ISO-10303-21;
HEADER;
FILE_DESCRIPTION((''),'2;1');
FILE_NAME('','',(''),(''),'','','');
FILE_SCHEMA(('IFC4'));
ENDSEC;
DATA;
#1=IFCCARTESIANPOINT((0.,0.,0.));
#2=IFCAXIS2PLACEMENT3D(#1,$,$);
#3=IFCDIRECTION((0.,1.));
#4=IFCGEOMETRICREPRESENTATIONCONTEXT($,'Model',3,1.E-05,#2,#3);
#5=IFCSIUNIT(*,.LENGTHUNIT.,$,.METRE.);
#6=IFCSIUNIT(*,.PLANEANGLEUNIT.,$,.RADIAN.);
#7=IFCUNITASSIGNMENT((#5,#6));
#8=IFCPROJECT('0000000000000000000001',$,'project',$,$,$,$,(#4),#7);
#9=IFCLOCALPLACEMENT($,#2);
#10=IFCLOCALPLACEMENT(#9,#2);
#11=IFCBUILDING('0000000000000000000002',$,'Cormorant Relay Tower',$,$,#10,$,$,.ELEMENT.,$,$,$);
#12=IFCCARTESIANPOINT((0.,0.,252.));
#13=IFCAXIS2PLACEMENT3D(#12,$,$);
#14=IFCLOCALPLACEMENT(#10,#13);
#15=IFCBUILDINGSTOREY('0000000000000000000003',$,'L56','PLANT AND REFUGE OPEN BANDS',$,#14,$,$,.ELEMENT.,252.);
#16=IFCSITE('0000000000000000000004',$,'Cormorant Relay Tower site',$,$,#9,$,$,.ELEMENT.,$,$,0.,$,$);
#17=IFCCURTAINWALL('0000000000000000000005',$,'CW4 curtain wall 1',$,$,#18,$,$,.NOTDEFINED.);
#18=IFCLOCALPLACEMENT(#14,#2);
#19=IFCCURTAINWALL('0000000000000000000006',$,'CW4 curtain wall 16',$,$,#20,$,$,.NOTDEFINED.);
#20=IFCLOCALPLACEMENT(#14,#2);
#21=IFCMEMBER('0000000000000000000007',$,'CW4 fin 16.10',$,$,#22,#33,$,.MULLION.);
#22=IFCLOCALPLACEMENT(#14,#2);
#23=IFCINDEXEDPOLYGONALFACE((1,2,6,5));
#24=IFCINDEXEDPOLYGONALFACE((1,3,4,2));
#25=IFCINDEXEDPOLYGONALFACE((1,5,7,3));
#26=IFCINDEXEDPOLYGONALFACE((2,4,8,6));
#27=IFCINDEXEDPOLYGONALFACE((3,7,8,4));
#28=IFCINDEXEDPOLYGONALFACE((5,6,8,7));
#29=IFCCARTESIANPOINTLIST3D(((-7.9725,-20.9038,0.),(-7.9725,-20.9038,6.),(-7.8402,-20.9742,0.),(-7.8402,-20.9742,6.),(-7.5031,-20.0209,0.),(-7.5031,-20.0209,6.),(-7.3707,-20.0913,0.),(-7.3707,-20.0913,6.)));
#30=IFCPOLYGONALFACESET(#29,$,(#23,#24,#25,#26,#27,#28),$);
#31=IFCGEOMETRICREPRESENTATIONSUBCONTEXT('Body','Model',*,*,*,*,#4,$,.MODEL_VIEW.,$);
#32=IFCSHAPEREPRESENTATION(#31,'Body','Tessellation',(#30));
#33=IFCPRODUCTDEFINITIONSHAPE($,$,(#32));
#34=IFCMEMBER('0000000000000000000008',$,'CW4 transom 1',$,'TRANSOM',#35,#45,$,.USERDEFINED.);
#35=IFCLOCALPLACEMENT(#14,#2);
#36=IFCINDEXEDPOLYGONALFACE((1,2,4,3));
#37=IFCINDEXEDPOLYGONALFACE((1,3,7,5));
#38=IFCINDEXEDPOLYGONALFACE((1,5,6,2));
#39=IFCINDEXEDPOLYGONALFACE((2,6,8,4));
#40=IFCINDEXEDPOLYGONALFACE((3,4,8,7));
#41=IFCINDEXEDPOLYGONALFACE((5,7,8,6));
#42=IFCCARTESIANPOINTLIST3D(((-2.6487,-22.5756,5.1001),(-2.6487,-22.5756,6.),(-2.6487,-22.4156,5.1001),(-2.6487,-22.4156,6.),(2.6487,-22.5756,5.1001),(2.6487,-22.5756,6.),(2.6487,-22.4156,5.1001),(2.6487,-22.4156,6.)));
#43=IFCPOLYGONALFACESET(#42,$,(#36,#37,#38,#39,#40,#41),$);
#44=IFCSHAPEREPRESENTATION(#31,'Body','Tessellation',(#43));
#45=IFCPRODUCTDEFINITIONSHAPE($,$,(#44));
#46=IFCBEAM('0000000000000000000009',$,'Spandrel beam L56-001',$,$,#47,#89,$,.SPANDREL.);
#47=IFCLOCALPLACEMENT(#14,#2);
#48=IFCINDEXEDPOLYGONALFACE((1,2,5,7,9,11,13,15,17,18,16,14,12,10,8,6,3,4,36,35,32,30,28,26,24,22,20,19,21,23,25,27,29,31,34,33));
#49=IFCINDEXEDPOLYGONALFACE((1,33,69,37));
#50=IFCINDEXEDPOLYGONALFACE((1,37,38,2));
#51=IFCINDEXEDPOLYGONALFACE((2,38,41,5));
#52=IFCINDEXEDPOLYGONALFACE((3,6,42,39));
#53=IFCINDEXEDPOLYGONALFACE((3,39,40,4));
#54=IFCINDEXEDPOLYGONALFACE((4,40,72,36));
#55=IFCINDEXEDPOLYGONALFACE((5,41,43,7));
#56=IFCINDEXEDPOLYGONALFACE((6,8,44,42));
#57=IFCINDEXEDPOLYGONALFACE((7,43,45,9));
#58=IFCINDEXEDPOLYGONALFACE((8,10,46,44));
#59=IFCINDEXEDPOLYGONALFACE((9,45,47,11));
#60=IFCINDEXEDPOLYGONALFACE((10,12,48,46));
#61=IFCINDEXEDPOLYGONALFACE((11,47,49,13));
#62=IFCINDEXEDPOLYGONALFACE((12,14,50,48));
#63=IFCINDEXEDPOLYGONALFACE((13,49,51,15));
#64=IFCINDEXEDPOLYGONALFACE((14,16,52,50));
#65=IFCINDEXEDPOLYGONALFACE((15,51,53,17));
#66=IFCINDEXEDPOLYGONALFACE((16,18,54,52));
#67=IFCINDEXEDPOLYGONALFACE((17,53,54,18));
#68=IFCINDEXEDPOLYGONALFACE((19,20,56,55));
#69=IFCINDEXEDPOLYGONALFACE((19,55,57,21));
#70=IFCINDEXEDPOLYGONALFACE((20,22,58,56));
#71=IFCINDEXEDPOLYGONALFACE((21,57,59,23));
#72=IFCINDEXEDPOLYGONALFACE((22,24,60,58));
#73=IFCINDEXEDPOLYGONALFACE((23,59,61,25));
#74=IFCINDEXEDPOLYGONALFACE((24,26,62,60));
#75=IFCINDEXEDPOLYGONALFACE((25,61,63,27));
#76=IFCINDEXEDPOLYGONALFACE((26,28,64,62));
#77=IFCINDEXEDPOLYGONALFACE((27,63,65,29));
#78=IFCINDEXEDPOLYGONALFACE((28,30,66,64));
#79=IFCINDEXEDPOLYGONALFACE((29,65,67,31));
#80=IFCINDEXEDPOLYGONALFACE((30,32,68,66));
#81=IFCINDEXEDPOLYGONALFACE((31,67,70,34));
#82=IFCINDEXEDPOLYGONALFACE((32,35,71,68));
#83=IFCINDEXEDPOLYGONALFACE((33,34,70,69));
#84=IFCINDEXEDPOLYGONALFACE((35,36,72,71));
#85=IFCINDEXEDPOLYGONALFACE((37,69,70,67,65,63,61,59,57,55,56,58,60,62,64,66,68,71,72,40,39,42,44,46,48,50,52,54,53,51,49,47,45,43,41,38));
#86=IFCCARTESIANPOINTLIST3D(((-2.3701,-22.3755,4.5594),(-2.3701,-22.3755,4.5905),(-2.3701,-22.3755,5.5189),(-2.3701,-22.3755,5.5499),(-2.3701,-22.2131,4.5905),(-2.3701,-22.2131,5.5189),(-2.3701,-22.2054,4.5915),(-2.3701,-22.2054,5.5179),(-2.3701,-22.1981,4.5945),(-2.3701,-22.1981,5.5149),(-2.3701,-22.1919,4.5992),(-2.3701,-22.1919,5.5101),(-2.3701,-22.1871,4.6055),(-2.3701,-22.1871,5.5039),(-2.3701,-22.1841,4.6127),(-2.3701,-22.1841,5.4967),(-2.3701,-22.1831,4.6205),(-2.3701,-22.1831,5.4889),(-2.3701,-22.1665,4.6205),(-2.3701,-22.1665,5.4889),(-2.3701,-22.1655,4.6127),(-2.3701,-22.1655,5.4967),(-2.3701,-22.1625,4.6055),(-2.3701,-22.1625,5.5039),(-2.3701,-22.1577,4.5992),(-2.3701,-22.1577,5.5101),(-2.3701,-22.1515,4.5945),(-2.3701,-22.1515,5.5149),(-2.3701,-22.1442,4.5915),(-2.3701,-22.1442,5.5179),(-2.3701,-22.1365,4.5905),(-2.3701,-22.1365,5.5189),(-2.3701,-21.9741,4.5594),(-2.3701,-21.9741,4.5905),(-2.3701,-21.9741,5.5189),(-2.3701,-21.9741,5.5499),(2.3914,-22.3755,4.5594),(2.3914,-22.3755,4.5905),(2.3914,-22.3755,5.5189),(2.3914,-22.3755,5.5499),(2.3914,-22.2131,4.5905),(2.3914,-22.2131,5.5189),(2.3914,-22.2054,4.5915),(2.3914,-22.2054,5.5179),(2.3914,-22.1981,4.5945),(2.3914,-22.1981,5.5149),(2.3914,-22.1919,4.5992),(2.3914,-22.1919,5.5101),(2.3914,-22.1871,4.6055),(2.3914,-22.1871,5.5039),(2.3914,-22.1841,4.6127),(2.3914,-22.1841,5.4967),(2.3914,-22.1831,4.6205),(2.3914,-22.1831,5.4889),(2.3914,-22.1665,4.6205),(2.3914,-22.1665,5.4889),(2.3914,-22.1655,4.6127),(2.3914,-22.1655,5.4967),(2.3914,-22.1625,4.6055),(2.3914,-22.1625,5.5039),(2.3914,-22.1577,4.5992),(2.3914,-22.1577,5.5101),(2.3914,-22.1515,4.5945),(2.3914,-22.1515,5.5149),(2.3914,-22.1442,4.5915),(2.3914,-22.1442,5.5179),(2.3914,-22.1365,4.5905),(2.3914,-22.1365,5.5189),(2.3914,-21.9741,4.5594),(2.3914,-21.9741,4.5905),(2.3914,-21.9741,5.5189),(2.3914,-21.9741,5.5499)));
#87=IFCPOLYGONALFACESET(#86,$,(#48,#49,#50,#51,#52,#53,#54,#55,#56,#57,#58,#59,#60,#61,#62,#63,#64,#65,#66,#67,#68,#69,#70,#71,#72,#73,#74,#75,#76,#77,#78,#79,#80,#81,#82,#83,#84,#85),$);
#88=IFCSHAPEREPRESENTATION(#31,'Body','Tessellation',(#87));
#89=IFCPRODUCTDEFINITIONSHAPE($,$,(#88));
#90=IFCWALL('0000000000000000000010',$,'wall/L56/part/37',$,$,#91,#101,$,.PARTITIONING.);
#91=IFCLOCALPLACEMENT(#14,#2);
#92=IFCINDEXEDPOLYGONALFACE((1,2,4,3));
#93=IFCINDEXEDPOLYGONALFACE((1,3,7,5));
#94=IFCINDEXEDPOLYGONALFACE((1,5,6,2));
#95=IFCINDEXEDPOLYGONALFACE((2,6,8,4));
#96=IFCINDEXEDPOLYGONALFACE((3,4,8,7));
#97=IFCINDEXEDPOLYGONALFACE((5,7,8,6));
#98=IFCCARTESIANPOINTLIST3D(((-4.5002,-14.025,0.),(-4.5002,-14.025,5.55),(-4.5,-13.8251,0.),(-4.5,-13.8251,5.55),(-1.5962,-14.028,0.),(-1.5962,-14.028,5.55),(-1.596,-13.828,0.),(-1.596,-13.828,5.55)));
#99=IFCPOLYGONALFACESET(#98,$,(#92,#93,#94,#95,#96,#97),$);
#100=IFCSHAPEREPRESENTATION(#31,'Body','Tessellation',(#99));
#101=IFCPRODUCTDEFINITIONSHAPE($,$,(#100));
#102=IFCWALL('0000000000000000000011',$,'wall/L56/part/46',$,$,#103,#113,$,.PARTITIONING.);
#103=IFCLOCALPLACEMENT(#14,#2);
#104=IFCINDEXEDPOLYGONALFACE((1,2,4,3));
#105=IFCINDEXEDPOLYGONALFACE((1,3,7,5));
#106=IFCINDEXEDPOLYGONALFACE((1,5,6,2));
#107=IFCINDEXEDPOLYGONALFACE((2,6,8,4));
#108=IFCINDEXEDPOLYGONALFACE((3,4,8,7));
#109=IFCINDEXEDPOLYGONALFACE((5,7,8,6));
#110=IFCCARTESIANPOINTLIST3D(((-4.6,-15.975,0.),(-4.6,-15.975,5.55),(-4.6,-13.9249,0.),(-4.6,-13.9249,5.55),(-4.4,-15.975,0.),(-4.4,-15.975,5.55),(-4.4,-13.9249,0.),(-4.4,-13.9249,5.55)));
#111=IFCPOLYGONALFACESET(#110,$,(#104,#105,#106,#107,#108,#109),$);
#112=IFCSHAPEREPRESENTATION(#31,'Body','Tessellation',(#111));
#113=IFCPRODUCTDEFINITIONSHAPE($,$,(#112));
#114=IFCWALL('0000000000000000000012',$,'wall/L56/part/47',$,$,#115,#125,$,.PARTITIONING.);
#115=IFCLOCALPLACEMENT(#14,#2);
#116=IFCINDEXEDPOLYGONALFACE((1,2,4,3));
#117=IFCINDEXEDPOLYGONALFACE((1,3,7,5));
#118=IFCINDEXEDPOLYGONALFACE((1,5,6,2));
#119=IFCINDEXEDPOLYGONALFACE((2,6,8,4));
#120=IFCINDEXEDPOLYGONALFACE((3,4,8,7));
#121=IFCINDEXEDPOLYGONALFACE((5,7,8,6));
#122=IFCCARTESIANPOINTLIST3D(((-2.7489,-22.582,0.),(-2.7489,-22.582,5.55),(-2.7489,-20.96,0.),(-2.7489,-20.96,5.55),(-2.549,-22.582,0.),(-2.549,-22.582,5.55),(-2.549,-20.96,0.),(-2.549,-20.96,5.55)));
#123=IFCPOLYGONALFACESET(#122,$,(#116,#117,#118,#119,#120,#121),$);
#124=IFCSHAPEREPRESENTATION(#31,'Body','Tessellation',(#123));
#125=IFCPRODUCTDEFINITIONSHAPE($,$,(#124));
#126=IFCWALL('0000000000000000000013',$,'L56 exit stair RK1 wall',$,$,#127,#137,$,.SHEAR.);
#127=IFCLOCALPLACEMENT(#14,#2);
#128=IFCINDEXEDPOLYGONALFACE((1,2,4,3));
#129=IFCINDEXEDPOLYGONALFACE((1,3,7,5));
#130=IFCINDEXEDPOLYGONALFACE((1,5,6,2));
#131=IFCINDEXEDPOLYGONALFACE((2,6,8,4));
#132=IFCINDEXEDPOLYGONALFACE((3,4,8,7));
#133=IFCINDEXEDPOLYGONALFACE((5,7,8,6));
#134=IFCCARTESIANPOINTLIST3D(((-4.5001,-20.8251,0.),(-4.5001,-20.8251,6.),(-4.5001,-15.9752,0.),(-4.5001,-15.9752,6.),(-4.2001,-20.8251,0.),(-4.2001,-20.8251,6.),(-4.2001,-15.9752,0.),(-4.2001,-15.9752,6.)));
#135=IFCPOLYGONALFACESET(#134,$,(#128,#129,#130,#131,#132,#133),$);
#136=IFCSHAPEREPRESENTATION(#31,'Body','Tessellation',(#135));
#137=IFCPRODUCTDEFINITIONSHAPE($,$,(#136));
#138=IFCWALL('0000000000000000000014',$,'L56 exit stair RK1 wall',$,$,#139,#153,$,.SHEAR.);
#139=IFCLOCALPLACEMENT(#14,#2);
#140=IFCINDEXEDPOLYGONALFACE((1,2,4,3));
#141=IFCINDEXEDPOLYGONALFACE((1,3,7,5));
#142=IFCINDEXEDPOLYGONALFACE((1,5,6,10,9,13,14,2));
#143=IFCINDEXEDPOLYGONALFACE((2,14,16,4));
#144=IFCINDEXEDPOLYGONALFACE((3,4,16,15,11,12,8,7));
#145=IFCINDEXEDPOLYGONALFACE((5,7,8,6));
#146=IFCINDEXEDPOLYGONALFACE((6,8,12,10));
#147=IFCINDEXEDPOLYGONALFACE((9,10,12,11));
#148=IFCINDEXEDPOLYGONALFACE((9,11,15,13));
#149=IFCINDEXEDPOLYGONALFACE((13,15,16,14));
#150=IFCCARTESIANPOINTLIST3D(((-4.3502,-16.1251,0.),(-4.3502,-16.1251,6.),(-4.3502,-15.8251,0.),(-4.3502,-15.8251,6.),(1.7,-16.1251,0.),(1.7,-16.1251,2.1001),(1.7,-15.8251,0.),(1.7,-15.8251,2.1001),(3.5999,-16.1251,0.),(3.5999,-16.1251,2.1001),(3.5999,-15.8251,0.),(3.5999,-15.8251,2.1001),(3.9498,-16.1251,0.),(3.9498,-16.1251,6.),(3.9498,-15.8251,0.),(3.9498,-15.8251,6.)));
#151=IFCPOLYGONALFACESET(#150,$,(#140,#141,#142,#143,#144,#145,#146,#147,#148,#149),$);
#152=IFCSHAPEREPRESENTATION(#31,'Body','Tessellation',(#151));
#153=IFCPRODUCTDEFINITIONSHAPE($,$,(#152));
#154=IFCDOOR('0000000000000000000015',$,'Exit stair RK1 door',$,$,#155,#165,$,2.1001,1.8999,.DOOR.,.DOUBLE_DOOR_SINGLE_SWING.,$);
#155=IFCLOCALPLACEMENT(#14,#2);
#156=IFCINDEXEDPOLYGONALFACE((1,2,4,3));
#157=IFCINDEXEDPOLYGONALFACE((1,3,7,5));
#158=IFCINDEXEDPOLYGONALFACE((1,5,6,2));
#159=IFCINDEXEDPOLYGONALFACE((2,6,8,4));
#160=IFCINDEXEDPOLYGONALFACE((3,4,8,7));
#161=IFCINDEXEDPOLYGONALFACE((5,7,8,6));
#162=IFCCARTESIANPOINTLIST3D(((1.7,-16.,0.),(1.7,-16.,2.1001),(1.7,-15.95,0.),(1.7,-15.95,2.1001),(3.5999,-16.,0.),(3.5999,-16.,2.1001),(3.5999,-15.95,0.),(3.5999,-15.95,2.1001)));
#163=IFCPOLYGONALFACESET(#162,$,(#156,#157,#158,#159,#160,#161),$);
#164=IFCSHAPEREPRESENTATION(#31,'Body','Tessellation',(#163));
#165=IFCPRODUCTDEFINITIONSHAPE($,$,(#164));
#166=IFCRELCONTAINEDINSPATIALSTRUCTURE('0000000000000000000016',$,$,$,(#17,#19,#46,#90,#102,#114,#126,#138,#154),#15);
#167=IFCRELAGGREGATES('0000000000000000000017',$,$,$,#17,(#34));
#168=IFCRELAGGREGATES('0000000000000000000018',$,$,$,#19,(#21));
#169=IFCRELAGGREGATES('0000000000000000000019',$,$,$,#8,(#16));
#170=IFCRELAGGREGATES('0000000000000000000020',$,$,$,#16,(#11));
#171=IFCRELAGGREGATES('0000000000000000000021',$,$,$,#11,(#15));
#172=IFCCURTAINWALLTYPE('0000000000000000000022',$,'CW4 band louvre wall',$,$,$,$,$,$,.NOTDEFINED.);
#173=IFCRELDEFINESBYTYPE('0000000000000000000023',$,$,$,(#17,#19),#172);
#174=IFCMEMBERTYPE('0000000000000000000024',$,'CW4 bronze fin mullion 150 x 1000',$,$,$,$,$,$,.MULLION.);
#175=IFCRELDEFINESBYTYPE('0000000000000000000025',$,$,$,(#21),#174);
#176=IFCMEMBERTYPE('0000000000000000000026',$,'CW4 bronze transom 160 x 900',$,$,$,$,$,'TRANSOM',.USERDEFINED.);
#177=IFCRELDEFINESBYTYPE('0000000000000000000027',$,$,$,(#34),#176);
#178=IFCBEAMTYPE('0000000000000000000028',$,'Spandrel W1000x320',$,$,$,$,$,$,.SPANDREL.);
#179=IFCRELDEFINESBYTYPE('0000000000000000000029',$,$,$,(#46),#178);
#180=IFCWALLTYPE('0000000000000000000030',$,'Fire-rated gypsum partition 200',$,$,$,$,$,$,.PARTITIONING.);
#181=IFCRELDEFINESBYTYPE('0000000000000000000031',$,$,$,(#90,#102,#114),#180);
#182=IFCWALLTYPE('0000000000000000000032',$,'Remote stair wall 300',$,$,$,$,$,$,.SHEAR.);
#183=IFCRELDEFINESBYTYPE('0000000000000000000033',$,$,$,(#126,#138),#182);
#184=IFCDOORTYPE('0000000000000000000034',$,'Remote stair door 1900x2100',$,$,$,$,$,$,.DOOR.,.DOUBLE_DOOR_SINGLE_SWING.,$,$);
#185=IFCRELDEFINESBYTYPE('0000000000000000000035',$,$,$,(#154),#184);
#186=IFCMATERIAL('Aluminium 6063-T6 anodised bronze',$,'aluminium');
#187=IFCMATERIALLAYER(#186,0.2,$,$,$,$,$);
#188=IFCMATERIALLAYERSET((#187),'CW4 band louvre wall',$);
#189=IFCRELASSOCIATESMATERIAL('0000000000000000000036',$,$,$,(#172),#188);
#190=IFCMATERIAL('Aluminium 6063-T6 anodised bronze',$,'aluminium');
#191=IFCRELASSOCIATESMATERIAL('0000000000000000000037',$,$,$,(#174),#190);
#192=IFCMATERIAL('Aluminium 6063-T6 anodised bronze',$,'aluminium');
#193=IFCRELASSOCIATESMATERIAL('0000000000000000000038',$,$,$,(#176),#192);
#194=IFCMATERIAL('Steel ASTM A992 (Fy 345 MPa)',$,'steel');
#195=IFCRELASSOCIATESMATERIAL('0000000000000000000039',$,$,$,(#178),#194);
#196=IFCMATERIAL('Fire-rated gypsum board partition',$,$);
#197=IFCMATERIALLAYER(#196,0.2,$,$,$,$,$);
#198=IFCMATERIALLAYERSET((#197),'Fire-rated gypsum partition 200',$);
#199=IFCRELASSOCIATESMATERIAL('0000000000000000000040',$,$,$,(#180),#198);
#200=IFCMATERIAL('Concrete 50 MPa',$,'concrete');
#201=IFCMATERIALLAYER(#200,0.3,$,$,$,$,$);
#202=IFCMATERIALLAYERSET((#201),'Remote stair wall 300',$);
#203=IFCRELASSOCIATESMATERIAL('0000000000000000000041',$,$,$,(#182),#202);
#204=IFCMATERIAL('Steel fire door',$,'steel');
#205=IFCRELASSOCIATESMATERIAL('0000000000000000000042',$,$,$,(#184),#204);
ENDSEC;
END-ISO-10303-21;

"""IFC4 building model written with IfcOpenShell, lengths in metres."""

from ifc_helpers import new_model, si_unit, direction, frame, frame_2d, origin, origin_2d, place, context, subcontext, project, spatial, rectangle, i_section, extrude, material, layer, layer_set, material_profile, profile_set, type_object, element, fill, aggregate, save


model = new_model("IFC4")

# Units and contexts
model_context = context("Model", 3, precision=1e-05, world=origin(), true_north=direction((0.0, 1.0)))
body_context = subcontext(model_context, "Body", "Model", "MODEL_VIEW")
ifc_project = project(units=[si_unit("LENGTHUNIT", "METRE"), si_unit("PLANEANGLEUNIT", "RADIAN")], contexts=[model_context])

# Site, building, storey
site_placement = place(None, origin())
site = spatial("IfcSite", under=ifc_project, at=site_placement, Name="Cormorant Relay Tower site", CompositionType="ELEMENT", RefElevation=0.0)
building_placement = place(site_placement, origin())
building = spatial("IfcBuilding", under=site, at=building_placement, Name="Cormorant Relay Tower", CompositionType="ELEMENT")
storey_placement = place(building_placement, frame((0.0, 0.0, 252.0)))
storey = spatial("IfcBuildingStorey", under=building, at=storey_placement, Name="L56", Description="PLANT AND REFUGE OPEN BANDS", CompositionType="ELEMENT", Elevation=252.0)

# Curtain wall
ifc_material_1 = material(Name="Aluminium 6063-T6 anodised bronze", Category="aluminium")
ifc_layer_1 = layer(ifc_material_1, 0.2)
ifc_layer_set_1 = layer_set([ifc_layer_1], Name="CW4 band louvre wall")
curtain_wall_type = type_object("IfcCurtainWallType", Name="CW4 band louvre wall", PredefinedType="NOTDEFINED", material=ifc_layer_set_1)
curtain_wall_1_placement = place(storey_placement, origin())
curtain_wall_1 = element("IfcCurtainWall", 1, at=curtain_wall_1_placement, inside=storey, type_object=curtain_wall_type, Name="CW4 curtain wall 1", PredefinedType="NOTDEFINED")
ifc_material_2 = material(Name="Aluminium 6063-T6 anodised bronze", Category="aluminium")
ifc_material_profile_1 = material_profile(ifc_material_2, rectangle(XDim=0.1499, YDim=1.0, at=origin_2d()), Name="AL 150x1000")
ifc_profile_set_1 = profile_set([ifc_material_profile_1], Name="Aluminium 6063-T6 anodised bronze")
member_type_1 = type_object("IfcMemberType", Name="CW4 bronze fin mullion 150 x 1000", PredefinedType="MULLION", material=ifc_profile_set_1)

# Curtain wall, member
curtain_wall_2_placement = place(storey_placement, origin())
curtain_wall_2 = element("IfcCurtainWall", 2, at=curtain_wall_2_placement, inside=storey, type_object=curtain_wall_type, Name="CW4 curtain wall 16", PredefinedType="NOTDEFINED")
member_1_placement = place(storey_placement, frame((-7.6716, -20.4976, 0.0), z_axis=(0.0, 0.0, 1.0), x_axis=(0.882948, -0.469472, 0.0)))
member_1 = element("IfcMember", 3, at=member_1_placement, type_object=member_type_1, Name="CW4 fin 16.10", PredefinedType="MULLION", context=body_context, shape_type="SweptSolid", body=[
    extrude(rectangle(XDim=0.1499, YDim=1.0, at=origin_2d()), origin(), (0.0, 0.0, 1.0), 6.0),
])

# Member
ifc_material_3 = material(Name="Aluminium 6063-T6 anodised bronze", Category="aluminium")
ifc_material_profile_2 = material_profile(ifc_material_3, rectangle(XDim=0.1599, YDim=0.8999, at=origin_2d()), Name="AL 160x900")
ifc_profile_set_2 = profile_set([ifc_material_profile_2], Name="Aluminium 6063-T6 anodised bronze")
member_type_2 = type_object("IfcMemberType", Name="CW4 bronze transom 160 x 900", ElementType="TRANSOM", PredefinedType="USERDEFINED", material=ifc_profile_set_2)
member_2_placement = place(storey_placement, frame((-2.6487, -22.4956, 5.55), z_axis=(1.0, 0.0, 0.0), x_axis=(0.0, 1.0, 0.0)))
member_2 = element("IfcMember", 4, at=member_2_placement, type_object=member_type_2, Name="CW4 transom 1", ObjectType="TRANSOM", PredefinedType="USERDEFINED", context=body_context, shape_type="SweptSolid", body=[
    extrude(rectangle(XDim=0.1599, YDim=0.8999, at=origin_2d()), origin(), (0.0, 0.0, 1.0), 5.2974),
])
aggregate(curtain_wall_1, [member_2])

# Beam
ifc_material_4 = material(Name="Steel ASTM A992 (Fy 345 MPa)", Category="steel")
ifc_material_profile_3 = material_profile(ifc_material_4, i_section(OverallWidth=0.4014, OverallDepth=0.9905, WebThickness=0.0166, FlangeThickness=0.031, FilletRadius=0.03, at=origin_2d()), Name="W1000x320")
ifc_profile_set_3 = profile_set([ifc_material_profile_3], Name="Steel ASTM A992 (Fy 345 MPa)")
beam_type = type_object("IfcBeamType", Name="Spandrel W1000x320", PredefinedType="SPANDREL", material=ifc_profile_set_3)
beam_placement = place(storey_placement, frame((-2.3701, -22.1748, 5.0547), z_axis=(1.0, 0.0, 0.0), x_axis=(0.0, 1.0, 0.0)))
element("IfcBeam", 5, at=beam_placement, inside=storey, type_object=beam_type, Name="Spandrel beam L56-001", PredefinedType="SPANDREL", context=body_context, shape_type="SweptSolid", body=[
    extrude(i_section(OverallWidth=0.4014, OverallDepth=0.9905, WebThickness=0.0166, FlangeThickness=0.031, FilletRadius=0.03, at=origin_2d()), origin(), (0.0, 0.0, 1.0), 4.7615),
])

# Walls
ifc_material_5 = material(Name="Fire-rated gypsum board partition")
ifc_layer_2 = layer(ifc_material_5, 0.2)
ifc_layer_set_2 = layer_set([ifc_layer_2], Name="Fire-rated gypsum partition 200")
wall_type_1 = type_object("IfcWallType", Name="Fire-rated gypsum partition 200", PredefinedType="PARTITIONING", material=ifc_layer_set_2)
wall_1_placement = place(storey_placement, frame((-1.5959, -13.928, 0.0), z_axis=(0.0, 0.0, 1.0), x_axis=(-0.999999, 0.001009, 0.0)))
element("IfcWall", 6, at=wall_1_placement, inside=storey, type_object=wall_type_1, Name="wall/L56/part/37", PredefinedType="PARTITIONING", context=body_context, shape_type="SweptSolid", body=[
    extrude(rectangle(XDim=2.9041, YDim=0.2, at=frame_2d((1.4521, 0.0))), origin(), (0.0, 0.0, 1.0), 5.55),
])
wall_2_placement = place(storey_placement, frame((-4.5, -13.925, 0.0), z_axis=(0.0, 0.0, 1.0), x_axis=(0.0, -1.0, 0.0)))
element("IfcWall", 7, at=wall_2_placement, inside=storey, type_object=wall_type_1, Name="wall/L56/part/46", PredefinedType="PARTITIONING", context=body_context, shape_type="SweptSolid", body=[
    extrude(rectangle(XDim=2.05, YDim=0.2, at=frame_2d((1.0249, 0.0))), origin(), (0.0, 0.0, 1.0), 5.55),
])
wall_3_placement = place(storey_placement, frame((-2.6489, -20.96, 0.0), z_axis=(0.0, 0.0, 1.0), x_axis=(0.0, -1.0, 0.0)))
element("IfcWall", 8, at=wall_3_placement, inside=storey, type_object=wall_type_1, Name="wall/L56/part/47", PredefinedType="PARTITIONING", context=body_context, shape_type="SweptSolid", body=[
    extrude(rectangle(XDim=1.6221, YDim=0.2, at=frame_2d((0.811, 0.0))), origin(), (0.0, 0.0, 1.0), 5.55),
])
ifc_material_6 = material(Name="Concrete 50 MPa", Category="concrete")
ifc_layer_3 = layer(ifc_material_6, 0.3)
ifc_layer_set_3 = layer_set([ifc_layer_3], Name="Remote stair wall 300")
wall_type_2 = type_object("IfcWallType", Name="Remote stair wall 300", PredefinedType="SHEAR", material=ifc_layer_set_3)
wall_4_placement = place(storey_placement, frame((-4.3501, -20.825, 0.0), z_axis=(0.0, 0.0, 1.0), x_axis=(0.0, 1.0, 0.0)))
element("IfcWall", 9, at=wall_4_placement, inside=storey, type_object=wall_type_2, Name="L56 exit stair RK1 wall", PredefinedType="SHEAR", context=body_context, shape_type="SweptSolid", body=[
    extrude(rectangle(XDim=4.8499, YDim=0.3, at=frame_2d((2.4248, 0.0))), origin(), (0.0, 0.0, 1.0), 6.0),
])

# Wall, opening, door
wall_5_placement = place(storey_placement, frame((-4.3501, -15.9751, 0.0), z_axis=(0.0, 0.0, 1.0), x_axis=(1.0, 0.0, 0.0)))
wall_5 = element("IfcWall", 10, at=wall_5_placement, inside=storey, type_object=wall_type_2, Name="L56 exit stair RK1 wall", PredefinedType="SHEAR", context=body_context, shape_type="SweptSolid", body=[
    extrude(rectangle(XDim=8.3, YDim=0.3, at=frame_2d((4.1499, 0.0))), origin(), (0.0, 0.0, 1.0), 6.0),
])
opening_placement = place(wall_5_placement, frame((6.05, 0.0, 0.0)))
opening = element("IfcOpeningElement", 11, at=opening_placement, cuts=wall_5, PredefinedType="OPENING", context=body_context, shape_type="SweptSolid", body=[
    extrude(rectangle(XDim=1.8999, YDim=2.1001, at=frame_2d((0.95, 1.05))), frame((0.0, 0.1599, 0.0), z_axis=(0.0, -1.0, 0.0), x_axis=(1.0, 0.0, 0.0)), (0.0, 0.0, 1.0), 0.3201),
])
ifc_material_7 = material(Name="Steel fire door", Category="steel")
door_type = type_object("IfcDoorType", Name="Remote stair door 1900x2100", OperationType="DOUBLE_DOOR_SINGLE_SWING", PredefinedType="DOOR", material=ifc_material_7)
door_placement = place(opening_placement, frame((1.8999, 0.0, 0.0), z_axis=(0.0, 0.0, 1.0), x_axis=(-1.0, 0.0, 0.0)))
door = element("IfcDoor", 12, at=door_placement, inside=storey, type_object=door_type, Name="Exit stair RK1 door", OperationType="DOUBLE_DOOR_SINGLE_SWING", OverallHeight=2.1001, OverallWidth=1.8999, PredefinedType="DOOR", context=body_context, shape_type="SweptSolid", body=[
    extrude(rectangle(XDim=1.8999, YDim=2.1001, at=frame_2d((0.95, 1.05))), frame((0.0, 0.0249, 0.0), z_axis=(0.0, -1.0, 0.0), x_axis=(1.0, 0.0, 0.0)), (0.0, 0.0, 1.0), 0.05),
])
fill(opening, door)

aggregate(curtain_wall_2, [member_1])

save(model, "model.ifc")
